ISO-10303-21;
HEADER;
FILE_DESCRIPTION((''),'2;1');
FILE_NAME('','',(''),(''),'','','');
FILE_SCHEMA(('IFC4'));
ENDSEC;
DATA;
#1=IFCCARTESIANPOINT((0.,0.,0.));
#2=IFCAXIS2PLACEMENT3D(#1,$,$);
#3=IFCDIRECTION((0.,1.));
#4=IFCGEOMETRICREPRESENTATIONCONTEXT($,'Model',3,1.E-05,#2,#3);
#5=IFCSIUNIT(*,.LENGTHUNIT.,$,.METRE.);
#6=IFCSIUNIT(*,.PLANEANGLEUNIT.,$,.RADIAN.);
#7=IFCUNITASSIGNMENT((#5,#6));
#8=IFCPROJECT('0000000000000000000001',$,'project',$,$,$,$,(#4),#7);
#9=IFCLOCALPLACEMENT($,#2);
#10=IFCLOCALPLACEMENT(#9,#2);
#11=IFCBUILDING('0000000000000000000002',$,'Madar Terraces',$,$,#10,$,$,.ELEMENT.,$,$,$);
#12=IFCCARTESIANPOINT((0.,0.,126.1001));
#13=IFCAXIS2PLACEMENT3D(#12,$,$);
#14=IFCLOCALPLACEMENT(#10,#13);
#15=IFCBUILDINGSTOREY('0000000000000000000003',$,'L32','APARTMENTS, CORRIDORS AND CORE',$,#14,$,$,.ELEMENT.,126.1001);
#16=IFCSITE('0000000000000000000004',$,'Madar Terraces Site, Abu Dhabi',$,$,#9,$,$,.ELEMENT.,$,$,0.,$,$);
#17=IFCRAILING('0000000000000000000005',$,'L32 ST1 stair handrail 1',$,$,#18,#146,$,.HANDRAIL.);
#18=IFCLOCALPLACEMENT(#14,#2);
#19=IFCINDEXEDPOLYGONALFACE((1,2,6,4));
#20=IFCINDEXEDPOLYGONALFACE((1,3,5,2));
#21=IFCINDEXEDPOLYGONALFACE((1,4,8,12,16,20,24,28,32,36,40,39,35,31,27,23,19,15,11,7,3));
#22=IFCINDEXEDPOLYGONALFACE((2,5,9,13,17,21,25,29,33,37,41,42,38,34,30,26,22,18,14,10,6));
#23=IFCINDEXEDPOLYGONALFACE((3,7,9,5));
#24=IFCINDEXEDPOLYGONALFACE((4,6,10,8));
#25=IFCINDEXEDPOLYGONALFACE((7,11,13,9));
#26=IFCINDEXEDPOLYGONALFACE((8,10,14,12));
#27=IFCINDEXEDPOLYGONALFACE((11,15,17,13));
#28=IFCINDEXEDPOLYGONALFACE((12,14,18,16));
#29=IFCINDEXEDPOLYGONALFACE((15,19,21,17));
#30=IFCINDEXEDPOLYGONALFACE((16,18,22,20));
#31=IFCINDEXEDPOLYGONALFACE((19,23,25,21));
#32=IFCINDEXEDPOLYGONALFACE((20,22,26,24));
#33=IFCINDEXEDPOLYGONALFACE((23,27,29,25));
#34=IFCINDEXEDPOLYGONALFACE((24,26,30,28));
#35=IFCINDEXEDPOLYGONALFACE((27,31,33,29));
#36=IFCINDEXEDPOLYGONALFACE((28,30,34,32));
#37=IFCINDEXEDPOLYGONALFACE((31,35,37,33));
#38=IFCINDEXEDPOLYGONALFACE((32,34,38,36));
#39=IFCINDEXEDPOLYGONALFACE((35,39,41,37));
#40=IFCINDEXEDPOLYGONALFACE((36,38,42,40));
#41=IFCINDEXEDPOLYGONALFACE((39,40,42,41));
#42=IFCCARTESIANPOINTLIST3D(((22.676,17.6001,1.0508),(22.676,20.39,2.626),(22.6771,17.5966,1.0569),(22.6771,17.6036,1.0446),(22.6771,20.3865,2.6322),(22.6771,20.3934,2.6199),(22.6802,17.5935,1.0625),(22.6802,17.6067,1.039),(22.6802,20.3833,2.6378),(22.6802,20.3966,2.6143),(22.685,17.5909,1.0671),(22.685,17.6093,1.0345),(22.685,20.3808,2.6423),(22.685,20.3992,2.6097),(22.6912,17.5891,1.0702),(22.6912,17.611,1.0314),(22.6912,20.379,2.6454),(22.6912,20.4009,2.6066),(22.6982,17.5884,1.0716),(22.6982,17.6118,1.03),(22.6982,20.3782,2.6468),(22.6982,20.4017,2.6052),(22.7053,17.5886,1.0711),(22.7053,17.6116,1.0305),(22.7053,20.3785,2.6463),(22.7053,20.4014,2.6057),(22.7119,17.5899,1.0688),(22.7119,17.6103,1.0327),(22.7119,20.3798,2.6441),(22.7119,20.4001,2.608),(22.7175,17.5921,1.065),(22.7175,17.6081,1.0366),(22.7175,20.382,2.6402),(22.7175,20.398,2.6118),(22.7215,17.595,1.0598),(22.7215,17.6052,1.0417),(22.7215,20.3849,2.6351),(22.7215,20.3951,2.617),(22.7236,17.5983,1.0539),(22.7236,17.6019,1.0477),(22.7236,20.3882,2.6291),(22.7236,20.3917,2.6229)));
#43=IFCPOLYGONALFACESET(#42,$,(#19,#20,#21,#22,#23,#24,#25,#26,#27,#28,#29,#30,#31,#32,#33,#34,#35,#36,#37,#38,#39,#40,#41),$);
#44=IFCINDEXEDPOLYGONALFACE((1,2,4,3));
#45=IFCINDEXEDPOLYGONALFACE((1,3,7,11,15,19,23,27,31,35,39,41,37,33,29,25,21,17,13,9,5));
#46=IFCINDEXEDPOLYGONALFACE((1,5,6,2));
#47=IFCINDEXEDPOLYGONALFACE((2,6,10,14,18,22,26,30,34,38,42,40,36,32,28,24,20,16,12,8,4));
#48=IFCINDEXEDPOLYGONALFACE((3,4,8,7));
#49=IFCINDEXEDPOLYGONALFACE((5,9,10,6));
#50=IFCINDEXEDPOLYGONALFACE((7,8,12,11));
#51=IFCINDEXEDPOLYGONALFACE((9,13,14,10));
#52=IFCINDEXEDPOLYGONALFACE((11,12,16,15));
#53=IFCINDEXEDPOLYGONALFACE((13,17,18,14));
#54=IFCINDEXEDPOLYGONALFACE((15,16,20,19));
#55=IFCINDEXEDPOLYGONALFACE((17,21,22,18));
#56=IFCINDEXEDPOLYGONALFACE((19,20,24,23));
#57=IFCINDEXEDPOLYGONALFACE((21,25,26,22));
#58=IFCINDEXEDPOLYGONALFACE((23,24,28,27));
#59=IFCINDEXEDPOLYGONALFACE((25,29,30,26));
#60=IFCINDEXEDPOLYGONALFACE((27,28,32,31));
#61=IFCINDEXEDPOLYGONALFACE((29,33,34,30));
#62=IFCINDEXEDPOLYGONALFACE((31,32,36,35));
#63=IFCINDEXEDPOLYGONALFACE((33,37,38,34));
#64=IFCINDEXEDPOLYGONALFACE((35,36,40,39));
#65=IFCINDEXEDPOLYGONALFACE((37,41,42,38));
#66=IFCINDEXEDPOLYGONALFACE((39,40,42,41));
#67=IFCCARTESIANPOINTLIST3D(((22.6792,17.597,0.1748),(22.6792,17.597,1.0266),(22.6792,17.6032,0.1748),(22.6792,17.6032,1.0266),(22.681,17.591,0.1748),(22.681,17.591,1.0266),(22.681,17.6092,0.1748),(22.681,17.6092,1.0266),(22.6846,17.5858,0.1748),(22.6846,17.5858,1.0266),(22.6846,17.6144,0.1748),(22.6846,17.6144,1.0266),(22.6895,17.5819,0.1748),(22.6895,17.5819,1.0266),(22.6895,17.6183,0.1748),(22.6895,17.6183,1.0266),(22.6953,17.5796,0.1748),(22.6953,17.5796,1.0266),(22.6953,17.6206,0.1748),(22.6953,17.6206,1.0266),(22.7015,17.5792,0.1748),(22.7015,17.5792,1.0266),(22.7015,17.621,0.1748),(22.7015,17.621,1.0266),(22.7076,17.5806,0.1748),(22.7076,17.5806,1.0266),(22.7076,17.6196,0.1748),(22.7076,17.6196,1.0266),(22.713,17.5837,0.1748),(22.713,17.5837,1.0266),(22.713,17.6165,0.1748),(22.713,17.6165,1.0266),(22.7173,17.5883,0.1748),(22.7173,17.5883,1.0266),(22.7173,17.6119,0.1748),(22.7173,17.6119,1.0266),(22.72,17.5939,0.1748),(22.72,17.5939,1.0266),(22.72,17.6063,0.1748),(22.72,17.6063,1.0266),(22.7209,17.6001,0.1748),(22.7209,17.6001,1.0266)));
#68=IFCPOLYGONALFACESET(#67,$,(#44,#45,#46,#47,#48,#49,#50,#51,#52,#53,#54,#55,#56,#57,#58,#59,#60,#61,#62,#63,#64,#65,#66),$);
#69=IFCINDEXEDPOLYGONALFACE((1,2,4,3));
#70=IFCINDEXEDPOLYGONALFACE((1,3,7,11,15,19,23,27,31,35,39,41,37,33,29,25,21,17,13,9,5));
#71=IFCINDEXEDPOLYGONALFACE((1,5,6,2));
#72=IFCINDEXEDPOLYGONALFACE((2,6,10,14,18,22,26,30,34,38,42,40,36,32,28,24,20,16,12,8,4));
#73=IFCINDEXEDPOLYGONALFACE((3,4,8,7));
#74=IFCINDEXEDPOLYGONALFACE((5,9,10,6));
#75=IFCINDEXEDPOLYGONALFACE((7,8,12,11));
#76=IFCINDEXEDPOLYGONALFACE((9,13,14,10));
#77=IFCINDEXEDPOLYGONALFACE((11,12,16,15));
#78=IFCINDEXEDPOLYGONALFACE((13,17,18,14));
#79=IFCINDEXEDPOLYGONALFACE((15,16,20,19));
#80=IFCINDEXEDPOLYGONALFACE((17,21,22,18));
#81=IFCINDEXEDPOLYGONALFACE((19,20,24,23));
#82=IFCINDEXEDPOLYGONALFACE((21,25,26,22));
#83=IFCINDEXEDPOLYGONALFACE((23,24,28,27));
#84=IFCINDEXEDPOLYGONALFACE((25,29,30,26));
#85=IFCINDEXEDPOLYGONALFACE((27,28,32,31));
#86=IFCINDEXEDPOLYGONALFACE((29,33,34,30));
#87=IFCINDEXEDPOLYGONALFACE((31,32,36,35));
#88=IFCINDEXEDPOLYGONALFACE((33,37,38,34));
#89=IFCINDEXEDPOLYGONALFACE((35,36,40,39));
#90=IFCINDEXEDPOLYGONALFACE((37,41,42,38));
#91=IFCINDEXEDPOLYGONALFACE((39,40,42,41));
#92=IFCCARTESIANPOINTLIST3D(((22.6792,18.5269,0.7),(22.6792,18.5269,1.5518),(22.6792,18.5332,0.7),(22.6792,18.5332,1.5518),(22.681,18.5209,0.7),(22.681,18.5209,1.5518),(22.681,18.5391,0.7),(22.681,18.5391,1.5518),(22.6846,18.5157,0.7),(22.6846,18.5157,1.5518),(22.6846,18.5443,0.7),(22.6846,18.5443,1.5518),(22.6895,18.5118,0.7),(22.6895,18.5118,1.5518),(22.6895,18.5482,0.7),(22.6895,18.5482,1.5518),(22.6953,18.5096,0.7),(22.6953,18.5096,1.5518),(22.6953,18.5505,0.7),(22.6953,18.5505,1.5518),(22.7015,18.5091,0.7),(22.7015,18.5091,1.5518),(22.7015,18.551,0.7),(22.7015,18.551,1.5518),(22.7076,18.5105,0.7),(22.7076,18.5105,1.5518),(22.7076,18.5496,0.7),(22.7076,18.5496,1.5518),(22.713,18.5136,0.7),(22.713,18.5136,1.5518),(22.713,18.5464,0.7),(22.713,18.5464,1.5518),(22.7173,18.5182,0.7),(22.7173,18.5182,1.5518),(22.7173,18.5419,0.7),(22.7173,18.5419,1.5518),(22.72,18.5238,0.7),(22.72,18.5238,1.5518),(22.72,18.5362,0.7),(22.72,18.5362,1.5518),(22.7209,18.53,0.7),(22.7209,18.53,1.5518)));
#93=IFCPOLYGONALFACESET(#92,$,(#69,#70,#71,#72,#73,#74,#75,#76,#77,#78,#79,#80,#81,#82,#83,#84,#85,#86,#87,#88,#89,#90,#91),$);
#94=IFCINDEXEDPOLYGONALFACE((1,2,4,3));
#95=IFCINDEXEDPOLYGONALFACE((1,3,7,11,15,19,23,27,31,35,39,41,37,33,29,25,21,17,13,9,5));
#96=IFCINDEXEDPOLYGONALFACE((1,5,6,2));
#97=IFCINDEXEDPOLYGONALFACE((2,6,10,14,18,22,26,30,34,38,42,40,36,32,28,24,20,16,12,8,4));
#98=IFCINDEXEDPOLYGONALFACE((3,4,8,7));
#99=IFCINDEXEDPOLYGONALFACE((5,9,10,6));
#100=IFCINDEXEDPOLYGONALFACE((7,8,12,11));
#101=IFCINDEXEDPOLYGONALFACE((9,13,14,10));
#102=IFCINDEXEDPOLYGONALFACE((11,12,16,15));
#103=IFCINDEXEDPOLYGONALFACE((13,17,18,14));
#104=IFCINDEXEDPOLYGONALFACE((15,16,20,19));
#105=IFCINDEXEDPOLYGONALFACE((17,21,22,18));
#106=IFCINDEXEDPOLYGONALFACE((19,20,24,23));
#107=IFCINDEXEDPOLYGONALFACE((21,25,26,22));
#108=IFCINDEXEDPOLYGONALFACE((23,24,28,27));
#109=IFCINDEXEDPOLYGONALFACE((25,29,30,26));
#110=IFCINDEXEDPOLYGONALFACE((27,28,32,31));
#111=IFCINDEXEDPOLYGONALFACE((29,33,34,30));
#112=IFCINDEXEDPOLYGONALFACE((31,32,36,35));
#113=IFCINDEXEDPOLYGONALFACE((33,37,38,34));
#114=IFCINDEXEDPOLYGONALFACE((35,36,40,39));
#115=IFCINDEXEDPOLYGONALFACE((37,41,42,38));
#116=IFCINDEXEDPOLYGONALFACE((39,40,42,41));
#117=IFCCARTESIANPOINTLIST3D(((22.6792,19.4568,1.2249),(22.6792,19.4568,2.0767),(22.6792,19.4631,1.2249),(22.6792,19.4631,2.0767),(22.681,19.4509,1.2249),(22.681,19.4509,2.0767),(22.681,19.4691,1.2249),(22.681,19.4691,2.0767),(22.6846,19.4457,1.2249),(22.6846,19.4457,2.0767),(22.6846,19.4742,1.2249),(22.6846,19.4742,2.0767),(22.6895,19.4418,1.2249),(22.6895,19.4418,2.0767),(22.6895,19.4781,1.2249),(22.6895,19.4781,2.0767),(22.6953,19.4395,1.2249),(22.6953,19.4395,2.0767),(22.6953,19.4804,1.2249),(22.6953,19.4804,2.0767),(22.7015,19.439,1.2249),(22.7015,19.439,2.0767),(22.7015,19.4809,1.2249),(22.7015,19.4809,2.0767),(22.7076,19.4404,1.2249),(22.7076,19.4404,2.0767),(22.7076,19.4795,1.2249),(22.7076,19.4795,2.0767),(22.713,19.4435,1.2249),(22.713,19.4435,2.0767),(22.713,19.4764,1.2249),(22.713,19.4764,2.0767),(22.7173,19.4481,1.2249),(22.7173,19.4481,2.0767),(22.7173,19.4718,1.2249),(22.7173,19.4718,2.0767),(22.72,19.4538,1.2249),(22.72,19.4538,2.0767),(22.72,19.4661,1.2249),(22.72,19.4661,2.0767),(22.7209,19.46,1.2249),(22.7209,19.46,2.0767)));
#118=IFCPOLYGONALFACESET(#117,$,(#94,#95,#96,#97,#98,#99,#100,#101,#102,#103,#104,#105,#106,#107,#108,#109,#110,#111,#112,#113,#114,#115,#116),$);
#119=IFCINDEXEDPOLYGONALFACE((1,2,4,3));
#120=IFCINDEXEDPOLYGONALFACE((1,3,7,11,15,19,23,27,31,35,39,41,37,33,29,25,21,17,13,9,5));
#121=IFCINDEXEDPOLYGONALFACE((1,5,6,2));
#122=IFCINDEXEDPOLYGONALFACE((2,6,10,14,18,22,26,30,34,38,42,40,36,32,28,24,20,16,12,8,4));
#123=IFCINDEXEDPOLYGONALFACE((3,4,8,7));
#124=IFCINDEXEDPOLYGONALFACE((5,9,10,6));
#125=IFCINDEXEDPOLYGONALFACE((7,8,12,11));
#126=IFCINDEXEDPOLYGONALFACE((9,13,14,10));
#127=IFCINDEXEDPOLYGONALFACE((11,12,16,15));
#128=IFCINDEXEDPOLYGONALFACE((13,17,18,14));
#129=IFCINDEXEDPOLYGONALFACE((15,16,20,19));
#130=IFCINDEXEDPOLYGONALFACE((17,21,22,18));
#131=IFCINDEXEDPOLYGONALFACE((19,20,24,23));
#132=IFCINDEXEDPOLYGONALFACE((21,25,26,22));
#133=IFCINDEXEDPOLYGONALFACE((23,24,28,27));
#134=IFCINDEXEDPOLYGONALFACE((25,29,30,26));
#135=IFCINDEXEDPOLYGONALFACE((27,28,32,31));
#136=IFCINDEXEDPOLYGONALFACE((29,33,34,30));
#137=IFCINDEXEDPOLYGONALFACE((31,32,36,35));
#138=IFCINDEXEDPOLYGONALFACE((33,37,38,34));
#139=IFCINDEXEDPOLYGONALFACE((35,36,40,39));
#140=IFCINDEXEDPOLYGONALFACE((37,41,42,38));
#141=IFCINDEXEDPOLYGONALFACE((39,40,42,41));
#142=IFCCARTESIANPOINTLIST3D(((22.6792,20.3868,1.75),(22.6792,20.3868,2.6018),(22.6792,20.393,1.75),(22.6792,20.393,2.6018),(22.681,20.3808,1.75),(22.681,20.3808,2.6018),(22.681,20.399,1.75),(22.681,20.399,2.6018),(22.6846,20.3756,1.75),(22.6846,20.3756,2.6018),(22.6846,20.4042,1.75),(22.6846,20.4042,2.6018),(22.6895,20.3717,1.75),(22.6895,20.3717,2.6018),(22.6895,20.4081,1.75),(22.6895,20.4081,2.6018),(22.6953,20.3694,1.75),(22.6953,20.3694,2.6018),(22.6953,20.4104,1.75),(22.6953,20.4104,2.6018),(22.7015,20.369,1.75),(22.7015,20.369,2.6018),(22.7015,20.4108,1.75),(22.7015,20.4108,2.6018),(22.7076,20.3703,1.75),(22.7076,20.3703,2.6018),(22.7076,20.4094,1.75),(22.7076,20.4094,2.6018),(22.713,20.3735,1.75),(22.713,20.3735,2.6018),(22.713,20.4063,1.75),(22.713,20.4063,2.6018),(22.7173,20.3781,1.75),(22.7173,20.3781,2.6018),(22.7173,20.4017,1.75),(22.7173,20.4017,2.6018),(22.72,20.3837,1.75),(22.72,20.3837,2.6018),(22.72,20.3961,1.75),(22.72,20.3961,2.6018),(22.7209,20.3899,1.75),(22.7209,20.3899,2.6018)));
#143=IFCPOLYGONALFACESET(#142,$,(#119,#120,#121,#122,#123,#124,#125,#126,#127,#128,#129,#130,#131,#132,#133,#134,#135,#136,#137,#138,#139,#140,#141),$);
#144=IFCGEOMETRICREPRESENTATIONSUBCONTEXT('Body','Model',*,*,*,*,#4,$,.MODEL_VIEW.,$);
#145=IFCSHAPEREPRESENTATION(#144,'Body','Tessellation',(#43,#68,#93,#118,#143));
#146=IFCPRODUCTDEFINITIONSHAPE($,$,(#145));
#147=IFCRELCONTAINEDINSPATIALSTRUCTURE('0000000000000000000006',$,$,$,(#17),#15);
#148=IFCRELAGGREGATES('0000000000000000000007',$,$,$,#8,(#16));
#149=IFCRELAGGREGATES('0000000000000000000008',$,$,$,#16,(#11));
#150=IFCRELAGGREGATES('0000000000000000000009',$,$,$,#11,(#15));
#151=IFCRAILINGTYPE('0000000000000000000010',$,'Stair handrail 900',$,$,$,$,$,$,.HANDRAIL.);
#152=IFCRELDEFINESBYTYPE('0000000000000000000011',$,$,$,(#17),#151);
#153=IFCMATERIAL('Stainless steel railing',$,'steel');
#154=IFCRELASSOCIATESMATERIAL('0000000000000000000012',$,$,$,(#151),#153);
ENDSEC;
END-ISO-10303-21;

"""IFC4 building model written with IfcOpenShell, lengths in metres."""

from ifc_helpers import new_model, si_unit, direction, frame, origin, origin_2d, place, context, subcontext, project, spatial, circle, extrude, material, type_object, element, save


model = new_model("IFC4")

# Units and contexts
model_context = context("Model", 3, precision=1e-05, world=origin(), true_north=direction((0.0, 1.0)))
body_context = subcontext(model_context, "Body", "Model", "MODEL_VIEW")
ifc_project = project(units=[si_unit("LENGTHUNIT", "METRE"), si_unit("PLANEANGLEUNIT", "RADIAN")], contexts=[model_context])

# Site, building, storey
site_placement = place(None, origin())
site = spatial("IfcSite", under=ifc_project, at=site_placement, Name="Madar Terraces Site, Abu Dhabi", CompositionType="ELEMENT", RefElevation=0.0)
building_placement = place(site_placement, origin())
building = spatial("IfcBuilding", under=site, at=building_placement, Name="Madar Terraces", CompositionType="ELEMENT")
storey_placement = place(building_placement, frame((0.0, 0.0, 126.1001)))
storey = spatial("IfcBuildingStorey", under=building, at=storey_placement, Name="L32", Description="APARTMENTS, CORRIDORS AND CORE", CompositionType="ELEMENT", Elevation=126.1001)

# Railing
ifc_material_1 = material(Name="Stainless steel railing", Category="steel")
railing_type_1 = type_object("IfcRailingType", Name="Stair handrail 900", PredefinedType="HANDRAIL", material=ifc_material_1)
railing_1_placement = place(storey_placement, frame((22.7, 17.6001, 0.1748)))
element("IfcRailing", 1, at=railing_1_placement, inside=storey, type_object=railing_type_1, Name="L32 ST1 stair handrail 1", PredefinedType="HANDRAIL", context=body_context, shape_type="SweptSolid", body=[
    extrude(circle(Radius=0.0239, at=origin_2d()), frame((0.0, 0.0, 0.876), z_axis=(0.0, 0.870783, 0.491668), x_axis=(-1.0, 0.0, 0.0)), (0.0, 0.0, 1.0), 3.2039),
    extrude(circle(Radius=0.021, at=origin_2d()), origin(), (0.0, 0.0, 1.0), 0.8518),
    extrude(circle(Radius=0.021, at=origin_2d()), frame((0.0, 0.9299, 0.5251)), (0.0, 0.0, 1.0), 0.8518),
    extrude(circle(Radius=0.021, at=origin_2d()), frame((0.0, 1.8599, 1.05)), (0.0, 0.0, 1.0), 0.8518),
    extrude(circle(Radius=0.021, at=origin_2d()), frame((0.0, 2.7898, 1.5752)), (0.0, 0.0, 1.0), 0.8518),
])

save(model, "model.ifc")
